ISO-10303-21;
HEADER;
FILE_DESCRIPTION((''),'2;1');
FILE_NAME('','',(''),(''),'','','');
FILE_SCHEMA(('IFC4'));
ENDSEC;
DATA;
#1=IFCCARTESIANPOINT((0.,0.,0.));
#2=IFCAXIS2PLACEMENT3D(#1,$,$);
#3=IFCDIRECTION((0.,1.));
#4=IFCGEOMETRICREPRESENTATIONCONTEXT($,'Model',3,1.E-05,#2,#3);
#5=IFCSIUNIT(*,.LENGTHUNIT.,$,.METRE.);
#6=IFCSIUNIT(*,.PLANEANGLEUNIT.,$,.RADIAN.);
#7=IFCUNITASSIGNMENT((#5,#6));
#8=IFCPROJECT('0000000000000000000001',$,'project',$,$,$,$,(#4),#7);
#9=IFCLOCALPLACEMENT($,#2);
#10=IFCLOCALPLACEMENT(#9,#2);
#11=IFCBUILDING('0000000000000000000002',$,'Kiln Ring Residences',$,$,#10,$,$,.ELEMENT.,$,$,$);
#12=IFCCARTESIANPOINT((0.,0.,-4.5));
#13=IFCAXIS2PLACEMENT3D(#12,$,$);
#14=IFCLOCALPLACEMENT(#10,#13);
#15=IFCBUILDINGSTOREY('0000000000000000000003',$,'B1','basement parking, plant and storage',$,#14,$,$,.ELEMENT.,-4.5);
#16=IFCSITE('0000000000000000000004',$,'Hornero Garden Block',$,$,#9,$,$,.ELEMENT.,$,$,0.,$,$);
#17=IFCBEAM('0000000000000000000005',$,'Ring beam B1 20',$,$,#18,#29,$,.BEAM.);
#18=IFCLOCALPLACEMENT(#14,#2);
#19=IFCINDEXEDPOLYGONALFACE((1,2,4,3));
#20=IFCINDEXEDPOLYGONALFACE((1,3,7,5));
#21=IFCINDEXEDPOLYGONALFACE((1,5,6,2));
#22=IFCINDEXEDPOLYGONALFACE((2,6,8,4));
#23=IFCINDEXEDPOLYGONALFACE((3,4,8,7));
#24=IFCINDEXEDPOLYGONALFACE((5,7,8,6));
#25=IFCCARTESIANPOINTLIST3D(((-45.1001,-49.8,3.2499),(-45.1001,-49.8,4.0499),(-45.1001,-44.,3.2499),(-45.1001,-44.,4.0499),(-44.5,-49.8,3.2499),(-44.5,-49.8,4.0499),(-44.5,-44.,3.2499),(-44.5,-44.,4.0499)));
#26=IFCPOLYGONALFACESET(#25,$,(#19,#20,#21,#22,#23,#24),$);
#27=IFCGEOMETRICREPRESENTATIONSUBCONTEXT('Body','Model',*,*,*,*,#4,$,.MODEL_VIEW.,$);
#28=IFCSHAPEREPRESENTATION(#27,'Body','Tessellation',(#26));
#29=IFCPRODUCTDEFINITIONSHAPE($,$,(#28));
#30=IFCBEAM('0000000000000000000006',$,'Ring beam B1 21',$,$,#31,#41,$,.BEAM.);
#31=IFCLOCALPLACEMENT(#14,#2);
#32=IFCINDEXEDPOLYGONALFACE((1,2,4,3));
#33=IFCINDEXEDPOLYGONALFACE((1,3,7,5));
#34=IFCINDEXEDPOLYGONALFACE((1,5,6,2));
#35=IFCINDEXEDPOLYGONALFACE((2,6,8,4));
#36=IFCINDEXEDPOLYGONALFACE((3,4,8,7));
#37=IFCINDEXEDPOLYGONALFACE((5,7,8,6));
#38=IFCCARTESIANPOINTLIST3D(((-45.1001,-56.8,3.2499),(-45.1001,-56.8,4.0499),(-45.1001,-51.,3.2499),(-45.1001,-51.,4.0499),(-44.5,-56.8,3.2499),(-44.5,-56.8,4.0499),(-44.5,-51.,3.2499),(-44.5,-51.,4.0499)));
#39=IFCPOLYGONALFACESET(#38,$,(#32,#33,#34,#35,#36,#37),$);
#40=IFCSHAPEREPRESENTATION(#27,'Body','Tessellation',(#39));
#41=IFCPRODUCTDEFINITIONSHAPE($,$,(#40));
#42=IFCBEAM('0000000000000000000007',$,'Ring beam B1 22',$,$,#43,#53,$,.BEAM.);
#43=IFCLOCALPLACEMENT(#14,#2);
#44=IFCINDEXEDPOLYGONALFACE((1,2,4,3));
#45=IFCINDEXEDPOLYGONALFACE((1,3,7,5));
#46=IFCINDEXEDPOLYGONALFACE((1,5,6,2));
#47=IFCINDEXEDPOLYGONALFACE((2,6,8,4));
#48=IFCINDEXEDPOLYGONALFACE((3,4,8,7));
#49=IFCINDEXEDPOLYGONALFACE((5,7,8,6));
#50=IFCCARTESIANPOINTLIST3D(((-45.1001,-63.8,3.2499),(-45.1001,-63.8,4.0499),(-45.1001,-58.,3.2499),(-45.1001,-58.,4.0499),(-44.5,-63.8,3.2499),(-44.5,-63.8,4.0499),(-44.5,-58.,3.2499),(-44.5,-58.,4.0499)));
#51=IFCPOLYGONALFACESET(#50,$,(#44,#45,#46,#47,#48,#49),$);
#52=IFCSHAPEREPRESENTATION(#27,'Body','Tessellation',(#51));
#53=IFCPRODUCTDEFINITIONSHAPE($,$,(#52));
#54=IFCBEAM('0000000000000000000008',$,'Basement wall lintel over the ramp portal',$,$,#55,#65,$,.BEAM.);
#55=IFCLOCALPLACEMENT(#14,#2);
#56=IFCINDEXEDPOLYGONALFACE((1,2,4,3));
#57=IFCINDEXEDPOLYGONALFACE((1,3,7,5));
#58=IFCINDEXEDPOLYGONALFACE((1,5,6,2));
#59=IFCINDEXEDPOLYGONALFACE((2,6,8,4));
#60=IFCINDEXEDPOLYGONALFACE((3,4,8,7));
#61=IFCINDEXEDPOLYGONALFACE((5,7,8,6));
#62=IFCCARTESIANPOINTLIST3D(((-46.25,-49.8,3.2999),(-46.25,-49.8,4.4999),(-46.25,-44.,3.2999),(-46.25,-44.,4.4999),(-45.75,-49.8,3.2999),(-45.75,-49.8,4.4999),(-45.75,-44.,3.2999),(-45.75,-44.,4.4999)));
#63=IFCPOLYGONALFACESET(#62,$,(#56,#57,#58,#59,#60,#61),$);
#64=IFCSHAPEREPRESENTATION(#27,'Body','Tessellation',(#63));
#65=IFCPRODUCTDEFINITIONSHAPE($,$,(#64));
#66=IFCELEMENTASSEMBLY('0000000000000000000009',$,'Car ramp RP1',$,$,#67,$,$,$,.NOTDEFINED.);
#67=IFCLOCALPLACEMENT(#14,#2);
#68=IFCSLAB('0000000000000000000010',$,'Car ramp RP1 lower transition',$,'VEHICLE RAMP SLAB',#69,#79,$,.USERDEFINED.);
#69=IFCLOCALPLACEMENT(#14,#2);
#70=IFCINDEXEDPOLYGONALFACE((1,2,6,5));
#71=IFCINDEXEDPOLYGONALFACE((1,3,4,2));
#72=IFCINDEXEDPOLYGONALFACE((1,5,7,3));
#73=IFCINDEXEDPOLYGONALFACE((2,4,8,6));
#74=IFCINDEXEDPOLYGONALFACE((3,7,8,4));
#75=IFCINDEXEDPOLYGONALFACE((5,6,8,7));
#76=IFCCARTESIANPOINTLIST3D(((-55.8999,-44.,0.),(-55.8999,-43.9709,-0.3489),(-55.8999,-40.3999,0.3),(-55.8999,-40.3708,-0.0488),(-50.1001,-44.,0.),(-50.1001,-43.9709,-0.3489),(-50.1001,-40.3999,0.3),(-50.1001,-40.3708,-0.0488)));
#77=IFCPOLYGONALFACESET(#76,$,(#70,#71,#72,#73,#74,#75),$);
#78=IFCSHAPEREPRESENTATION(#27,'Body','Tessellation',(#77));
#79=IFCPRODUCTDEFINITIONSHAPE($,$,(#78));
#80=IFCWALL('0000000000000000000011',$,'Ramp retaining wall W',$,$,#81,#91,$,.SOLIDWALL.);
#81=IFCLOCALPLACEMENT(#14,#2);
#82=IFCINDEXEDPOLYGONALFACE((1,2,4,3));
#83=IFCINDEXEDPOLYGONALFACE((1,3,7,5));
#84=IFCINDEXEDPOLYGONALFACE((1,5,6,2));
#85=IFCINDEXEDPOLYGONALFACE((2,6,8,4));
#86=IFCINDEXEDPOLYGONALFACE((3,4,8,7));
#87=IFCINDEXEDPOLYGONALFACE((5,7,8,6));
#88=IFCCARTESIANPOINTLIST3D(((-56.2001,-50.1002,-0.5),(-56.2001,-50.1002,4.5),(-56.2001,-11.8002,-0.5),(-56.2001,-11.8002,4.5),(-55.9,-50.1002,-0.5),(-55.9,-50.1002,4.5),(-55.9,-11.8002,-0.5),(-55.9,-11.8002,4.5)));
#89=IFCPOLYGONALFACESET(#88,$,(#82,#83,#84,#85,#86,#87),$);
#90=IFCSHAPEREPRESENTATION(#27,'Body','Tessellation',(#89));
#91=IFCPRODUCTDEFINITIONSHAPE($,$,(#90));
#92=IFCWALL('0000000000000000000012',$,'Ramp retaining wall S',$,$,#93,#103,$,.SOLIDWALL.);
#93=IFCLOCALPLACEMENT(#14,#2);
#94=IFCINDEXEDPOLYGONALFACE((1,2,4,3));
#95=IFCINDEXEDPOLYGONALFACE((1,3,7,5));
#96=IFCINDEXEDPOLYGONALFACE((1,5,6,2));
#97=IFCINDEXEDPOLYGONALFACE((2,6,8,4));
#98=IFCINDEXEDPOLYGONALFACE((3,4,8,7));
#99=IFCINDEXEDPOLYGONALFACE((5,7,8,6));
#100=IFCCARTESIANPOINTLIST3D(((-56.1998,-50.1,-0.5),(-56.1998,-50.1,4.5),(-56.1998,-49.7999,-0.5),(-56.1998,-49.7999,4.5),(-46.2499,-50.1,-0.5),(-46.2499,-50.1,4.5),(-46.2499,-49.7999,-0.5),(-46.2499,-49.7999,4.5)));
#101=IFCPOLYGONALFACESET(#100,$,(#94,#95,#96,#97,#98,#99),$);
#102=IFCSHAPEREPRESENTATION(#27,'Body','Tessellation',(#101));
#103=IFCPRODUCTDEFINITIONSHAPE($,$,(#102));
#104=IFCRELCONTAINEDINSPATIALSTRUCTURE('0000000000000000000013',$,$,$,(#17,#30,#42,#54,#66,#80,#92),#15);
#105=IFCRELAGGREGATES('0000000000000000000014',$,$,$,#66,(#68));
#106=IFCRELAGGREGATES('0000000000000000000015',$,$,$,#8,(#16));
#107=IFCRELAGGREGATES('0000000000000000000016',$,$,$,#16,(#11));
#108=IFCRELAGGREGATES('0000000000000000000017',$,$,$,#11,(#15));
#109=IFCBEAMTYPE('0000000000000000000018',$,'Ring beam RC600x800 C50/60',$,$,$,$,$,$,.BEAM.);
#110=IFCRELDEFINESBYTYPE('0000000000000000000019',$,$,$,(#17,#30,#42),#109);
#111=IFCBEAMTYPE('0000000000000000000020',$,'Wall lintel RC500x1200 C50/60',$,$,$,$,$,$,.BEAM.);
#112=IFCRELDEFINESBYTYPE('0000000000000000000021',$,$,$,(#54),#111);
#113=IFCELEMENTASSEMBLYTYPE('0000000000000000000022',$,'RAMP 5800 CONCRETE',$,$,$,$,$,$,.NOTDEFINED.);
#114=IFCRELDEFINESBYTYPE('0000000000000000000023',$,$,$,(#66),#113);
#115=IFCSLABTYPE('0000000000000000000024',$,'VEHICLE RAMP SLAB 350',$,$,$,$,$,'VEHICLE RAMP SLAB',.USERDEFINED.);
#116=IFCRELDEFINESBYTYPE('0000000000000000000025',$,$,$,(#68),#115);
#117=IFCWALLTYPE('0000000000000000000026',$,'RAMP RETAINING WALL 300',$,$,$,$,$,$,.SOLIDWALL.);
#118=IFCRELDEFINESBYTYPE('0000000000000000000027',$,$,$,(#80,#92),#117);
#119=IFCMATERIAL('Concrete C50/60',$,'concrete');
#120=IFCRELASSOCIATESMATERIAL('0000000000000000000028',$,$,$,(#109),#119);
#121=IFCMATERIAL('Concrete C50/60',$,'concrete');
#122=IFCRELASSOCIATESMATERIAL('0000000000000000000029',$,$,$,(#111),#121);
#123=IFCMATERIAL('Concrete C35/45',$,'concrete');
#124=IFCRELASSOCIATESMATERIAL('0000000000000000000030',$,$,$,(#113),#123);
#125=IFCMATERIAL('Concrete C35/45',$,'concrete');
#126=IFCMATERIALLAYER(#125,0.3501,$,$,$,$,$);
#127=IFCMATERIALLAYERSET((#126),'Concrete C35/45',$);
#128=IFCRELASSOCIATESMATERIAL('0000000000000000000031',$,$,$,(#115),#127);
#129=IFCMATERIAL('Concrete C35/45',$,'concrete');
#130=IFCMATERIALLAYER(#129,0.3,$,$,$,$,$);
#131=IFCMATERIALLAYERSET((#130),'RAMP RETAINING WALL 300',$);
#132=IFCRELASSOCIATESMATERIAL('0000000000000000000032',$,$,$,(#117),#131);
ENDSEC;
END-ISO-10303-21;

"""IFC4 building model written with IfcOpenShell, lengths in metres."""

from ifc_helpers import new_model, si_unit, direction, frame, frame_2d, origin, origin_2d, place, context, subcontext, project, spatial, polyline, rectangle, outline, extrude, material, layer, layer_set, material_profile, profile_set, type_object, element, aggregate, save


model = new_model("IFC4")

# Units and contexts
model_context = context("Model", 3, precision=1e-05, world=origin(), true_north=direction((0.0, 1.0)))
body_context = subcontext(model_context, "Body", "Model", "MODEL_VIEW")
ifc_project = project(units=[si_unit("LENGTHUNIT", "METRE"), si_unit("PLANEANGLEUNIT", "RADIAN")], contexts=[model_context])

# Site, building, storey
site_placement = place(None, origin())
site = spatial("IfcSite", under=ifc_project, at=site_placement, Name="Hornero Garden Block", CompositionType="ELEMENT", RefElevation=0.0)
building_placement = place(site_placement, origin())
building = spatial("IfcBuilding", under=site, at=building_placement, Name="Kiln Ring Residences", CompositionType="ELEMENT")
storey_placement = place(building_placement, frame((0.0, 0.0, -4.5)))
storey = spatial("IfcBuildingStorey", under=building, at=storey_placement, Name="B1", Description="basement parking, plant and storage", CompositionType="ELEMENT", Elevation=-4.5)

# Beams
ifc_material_1 = material(Name="Concrete C50/60", Category="concrete")
ifc_material_profile_1 = material_profile(ifc_material_1, rectangle(XDim=0.6001, YDim=0.8, at=origin_2d()), Name="RC600x800")
ifc_profile_set_1 = profile_set([ifc_material_profile_1], Name="Concrete C50/60")
beam_type_1 = type_object("IfcBeamType", Name="Ring beam RC600x800 C50/60", PredefinedType="BEAM", material=ifc_profile_set_1)
for number, where, z_axis, x_axis, name in (
    (1, (-44.8, -44.0, 3.6499), (0.0, -1.0, 0.0), (1.0, 0.0, 0.0), "Ring beam B1 20"),
    (2, (-44.8, -51.0, 3.6499), (0.0, -1.0, 0.0), (1.0, 0.0, 0.0), "Ring beam B1 21"),
    (3, (-44.8, -58.0, 3.6499), (0.0, -1.0, 0.0), (1.0, 0.0, 0.0), "Ring beam B1 22"),
):
    element("IfcBeam", number, at=place(storey_placement, frame(where, z_axis=z_axis, x_axis=x_axis)), inside=storey, type_object=beam_type_1, Name=name, PredefinedType="BEAM", context=body_context, shape_type="SweptSolid", body=[
        extrude(rectangle(XDim=0.6001, YDim=0.8, at=origin_2d()), origin(), (0.0, 0.0, 1.0), 5.8),
    ])
ifc_material_2 = material(Name="Concrete C50/60", Category="concrete")
ifc_material_profile_2 = material_profile(ifc_material_2, rectangle(XDim=0.5, YDim=1.2, at=origin_2d()), Name="RC500x1200")
ifc_profile_set_2 = profile_set([ifc_material_profile_2], Name="Concrete C50/60")
beam_type_2 = type_object("IfcBeamType", Name="Wall lintel RC500x1200 C50/60", PredefinedType="BEAM", material=ifc_profile_set_2)
beam_placement = place(storey_placement, frame((-46.0, -49.8, 3.8999), z_axis=(0.0, 1.0, 0.0), x_axis=(-1.0, 0.0, 0.0)))
element("IfcBeam", 4, at=beam_placement, inside=storey, type_object=beam_type_2, Name="Basement wall lintel over the ramp portal", PredefinedType="BEAM", context=body_context, shape_type="SweptSolid", body=[
    extrude(rectangle(XDim=0.5, YDim=1.2, at=origin_2d()), origin(), (0.0, 0.0, 1.0), 5.8),
])

# Element assembly, slab
ifc_material_3 = material(Name="Concrete C35/45", Category="concrete")
element_assembly_type = type_object("IfcElementAssemblyType", Name="RAMP 5800 CONCRETE", PredefinedType="NOTDEFINED", material=ifc_material_3)
assembly_placement = place(storey_placement, origin())
assembly = element("IfcElementAssembly", 5, at=assembly_placement, inside=storey, type_object=element_assembly_type, Name="Car ramp RP1", PredefinedType="NOTDEFINED")
ifc_material_4 = material(Name="Concrete C35/45", Category="concrete")
ifc_layer_1 = layer(ifc_material_4, 0.3501)
ifc_layer_set_1 = layer_set([ifc_layer_1], Name="Concrete C35/45")
slab_type = type_object("IfcSlabType", Name="VEHICLE RAMP SLAB 350", ElementType="VEHICLE RAMP SLAB", PredefinedType="USERDEFINED", material=ifc_layer_set_1)
slab_placement = place(storey_placement, frame((-55.8999, -44.0, 0.0), z_axis=(0.0, -0.083057, 0.996545), x_axis=(1.0, 0.0, 0.0)))
slab = element("IfcSlab", 6, at=slab_placement, type_object=slab_type, Name="Car ramp RP1 lower transition", ObjectType="VEHICLE RAMP SLAB", PredefinedType="USERDEFINED", context=body_context, shape_type="SweptSolid", body=[
    extrude(outline(polyline([(0.0, 0.0), (5.7998, 0.0), (5.7998, 3.6126), (0.0, 3.6126), (0.0, 0.0)])), origin(), (0.0, 0.0, -1.0), 0.3501),
])
aggregate(assembly, [slab])

# Walls
ifc_material_5 = material(Name="Concrete C35/45", Category="concrete")
ifc_layer_2 = layer(ifc_material_5, 0.3)
ifc_layer_set_2 = layer_set([ifc_layer_2], Name="RAMP RETAINING WALL 300")
wall_type = type_object("IfcWallType", Name="RAMP RETAINING WALL 300", PredefinedType="SOLIDWALL", material=ifc_layer_set_2)
wall_1_placement = place(storey_placement, frame((-56.05, -50.1001, -0.5), z_axis=(0.0, 0.0, 1.0), x_axis=(0.0, 1.0, 0.0)))
element("IfcWall", 7, at=wall_1_placement, inside=storey, type_object=wall_type, Name="Ramp retaining wall W", PredefinedType="SOLIDWALL", context=body_context, shape_type="SweptSolid", body=[
    extrude(rectangle(XDim=38.3, YDim=0.3, at=frame_2d((19.1499, 0.0))), origin(), (0.0, 0.0, 1.0), 5.0),
])
wall_2_placement = place(storey_placement, frame((-56.2, -49.95, -0.5), z_axis=(0.0, 0.0, 1.0), x_axis=(1.0, 0.0, 0.0)))
element("IfcWall", 8, at=wall_2_placement, inside=storey, type_object=wall_type, Name="Ramp retaining wall S", PredefinedType="SOLIDWALL", context=body_context, shape_type="SweptSolid", body=[
    extrude(rectangle(XDim=9.95, YDim=0.3, at=frame_2d((4.9751, 0.0))), origin(), (0.0, 0.0, 1.0), 5.0),
])

save(model, "model.ifc")
